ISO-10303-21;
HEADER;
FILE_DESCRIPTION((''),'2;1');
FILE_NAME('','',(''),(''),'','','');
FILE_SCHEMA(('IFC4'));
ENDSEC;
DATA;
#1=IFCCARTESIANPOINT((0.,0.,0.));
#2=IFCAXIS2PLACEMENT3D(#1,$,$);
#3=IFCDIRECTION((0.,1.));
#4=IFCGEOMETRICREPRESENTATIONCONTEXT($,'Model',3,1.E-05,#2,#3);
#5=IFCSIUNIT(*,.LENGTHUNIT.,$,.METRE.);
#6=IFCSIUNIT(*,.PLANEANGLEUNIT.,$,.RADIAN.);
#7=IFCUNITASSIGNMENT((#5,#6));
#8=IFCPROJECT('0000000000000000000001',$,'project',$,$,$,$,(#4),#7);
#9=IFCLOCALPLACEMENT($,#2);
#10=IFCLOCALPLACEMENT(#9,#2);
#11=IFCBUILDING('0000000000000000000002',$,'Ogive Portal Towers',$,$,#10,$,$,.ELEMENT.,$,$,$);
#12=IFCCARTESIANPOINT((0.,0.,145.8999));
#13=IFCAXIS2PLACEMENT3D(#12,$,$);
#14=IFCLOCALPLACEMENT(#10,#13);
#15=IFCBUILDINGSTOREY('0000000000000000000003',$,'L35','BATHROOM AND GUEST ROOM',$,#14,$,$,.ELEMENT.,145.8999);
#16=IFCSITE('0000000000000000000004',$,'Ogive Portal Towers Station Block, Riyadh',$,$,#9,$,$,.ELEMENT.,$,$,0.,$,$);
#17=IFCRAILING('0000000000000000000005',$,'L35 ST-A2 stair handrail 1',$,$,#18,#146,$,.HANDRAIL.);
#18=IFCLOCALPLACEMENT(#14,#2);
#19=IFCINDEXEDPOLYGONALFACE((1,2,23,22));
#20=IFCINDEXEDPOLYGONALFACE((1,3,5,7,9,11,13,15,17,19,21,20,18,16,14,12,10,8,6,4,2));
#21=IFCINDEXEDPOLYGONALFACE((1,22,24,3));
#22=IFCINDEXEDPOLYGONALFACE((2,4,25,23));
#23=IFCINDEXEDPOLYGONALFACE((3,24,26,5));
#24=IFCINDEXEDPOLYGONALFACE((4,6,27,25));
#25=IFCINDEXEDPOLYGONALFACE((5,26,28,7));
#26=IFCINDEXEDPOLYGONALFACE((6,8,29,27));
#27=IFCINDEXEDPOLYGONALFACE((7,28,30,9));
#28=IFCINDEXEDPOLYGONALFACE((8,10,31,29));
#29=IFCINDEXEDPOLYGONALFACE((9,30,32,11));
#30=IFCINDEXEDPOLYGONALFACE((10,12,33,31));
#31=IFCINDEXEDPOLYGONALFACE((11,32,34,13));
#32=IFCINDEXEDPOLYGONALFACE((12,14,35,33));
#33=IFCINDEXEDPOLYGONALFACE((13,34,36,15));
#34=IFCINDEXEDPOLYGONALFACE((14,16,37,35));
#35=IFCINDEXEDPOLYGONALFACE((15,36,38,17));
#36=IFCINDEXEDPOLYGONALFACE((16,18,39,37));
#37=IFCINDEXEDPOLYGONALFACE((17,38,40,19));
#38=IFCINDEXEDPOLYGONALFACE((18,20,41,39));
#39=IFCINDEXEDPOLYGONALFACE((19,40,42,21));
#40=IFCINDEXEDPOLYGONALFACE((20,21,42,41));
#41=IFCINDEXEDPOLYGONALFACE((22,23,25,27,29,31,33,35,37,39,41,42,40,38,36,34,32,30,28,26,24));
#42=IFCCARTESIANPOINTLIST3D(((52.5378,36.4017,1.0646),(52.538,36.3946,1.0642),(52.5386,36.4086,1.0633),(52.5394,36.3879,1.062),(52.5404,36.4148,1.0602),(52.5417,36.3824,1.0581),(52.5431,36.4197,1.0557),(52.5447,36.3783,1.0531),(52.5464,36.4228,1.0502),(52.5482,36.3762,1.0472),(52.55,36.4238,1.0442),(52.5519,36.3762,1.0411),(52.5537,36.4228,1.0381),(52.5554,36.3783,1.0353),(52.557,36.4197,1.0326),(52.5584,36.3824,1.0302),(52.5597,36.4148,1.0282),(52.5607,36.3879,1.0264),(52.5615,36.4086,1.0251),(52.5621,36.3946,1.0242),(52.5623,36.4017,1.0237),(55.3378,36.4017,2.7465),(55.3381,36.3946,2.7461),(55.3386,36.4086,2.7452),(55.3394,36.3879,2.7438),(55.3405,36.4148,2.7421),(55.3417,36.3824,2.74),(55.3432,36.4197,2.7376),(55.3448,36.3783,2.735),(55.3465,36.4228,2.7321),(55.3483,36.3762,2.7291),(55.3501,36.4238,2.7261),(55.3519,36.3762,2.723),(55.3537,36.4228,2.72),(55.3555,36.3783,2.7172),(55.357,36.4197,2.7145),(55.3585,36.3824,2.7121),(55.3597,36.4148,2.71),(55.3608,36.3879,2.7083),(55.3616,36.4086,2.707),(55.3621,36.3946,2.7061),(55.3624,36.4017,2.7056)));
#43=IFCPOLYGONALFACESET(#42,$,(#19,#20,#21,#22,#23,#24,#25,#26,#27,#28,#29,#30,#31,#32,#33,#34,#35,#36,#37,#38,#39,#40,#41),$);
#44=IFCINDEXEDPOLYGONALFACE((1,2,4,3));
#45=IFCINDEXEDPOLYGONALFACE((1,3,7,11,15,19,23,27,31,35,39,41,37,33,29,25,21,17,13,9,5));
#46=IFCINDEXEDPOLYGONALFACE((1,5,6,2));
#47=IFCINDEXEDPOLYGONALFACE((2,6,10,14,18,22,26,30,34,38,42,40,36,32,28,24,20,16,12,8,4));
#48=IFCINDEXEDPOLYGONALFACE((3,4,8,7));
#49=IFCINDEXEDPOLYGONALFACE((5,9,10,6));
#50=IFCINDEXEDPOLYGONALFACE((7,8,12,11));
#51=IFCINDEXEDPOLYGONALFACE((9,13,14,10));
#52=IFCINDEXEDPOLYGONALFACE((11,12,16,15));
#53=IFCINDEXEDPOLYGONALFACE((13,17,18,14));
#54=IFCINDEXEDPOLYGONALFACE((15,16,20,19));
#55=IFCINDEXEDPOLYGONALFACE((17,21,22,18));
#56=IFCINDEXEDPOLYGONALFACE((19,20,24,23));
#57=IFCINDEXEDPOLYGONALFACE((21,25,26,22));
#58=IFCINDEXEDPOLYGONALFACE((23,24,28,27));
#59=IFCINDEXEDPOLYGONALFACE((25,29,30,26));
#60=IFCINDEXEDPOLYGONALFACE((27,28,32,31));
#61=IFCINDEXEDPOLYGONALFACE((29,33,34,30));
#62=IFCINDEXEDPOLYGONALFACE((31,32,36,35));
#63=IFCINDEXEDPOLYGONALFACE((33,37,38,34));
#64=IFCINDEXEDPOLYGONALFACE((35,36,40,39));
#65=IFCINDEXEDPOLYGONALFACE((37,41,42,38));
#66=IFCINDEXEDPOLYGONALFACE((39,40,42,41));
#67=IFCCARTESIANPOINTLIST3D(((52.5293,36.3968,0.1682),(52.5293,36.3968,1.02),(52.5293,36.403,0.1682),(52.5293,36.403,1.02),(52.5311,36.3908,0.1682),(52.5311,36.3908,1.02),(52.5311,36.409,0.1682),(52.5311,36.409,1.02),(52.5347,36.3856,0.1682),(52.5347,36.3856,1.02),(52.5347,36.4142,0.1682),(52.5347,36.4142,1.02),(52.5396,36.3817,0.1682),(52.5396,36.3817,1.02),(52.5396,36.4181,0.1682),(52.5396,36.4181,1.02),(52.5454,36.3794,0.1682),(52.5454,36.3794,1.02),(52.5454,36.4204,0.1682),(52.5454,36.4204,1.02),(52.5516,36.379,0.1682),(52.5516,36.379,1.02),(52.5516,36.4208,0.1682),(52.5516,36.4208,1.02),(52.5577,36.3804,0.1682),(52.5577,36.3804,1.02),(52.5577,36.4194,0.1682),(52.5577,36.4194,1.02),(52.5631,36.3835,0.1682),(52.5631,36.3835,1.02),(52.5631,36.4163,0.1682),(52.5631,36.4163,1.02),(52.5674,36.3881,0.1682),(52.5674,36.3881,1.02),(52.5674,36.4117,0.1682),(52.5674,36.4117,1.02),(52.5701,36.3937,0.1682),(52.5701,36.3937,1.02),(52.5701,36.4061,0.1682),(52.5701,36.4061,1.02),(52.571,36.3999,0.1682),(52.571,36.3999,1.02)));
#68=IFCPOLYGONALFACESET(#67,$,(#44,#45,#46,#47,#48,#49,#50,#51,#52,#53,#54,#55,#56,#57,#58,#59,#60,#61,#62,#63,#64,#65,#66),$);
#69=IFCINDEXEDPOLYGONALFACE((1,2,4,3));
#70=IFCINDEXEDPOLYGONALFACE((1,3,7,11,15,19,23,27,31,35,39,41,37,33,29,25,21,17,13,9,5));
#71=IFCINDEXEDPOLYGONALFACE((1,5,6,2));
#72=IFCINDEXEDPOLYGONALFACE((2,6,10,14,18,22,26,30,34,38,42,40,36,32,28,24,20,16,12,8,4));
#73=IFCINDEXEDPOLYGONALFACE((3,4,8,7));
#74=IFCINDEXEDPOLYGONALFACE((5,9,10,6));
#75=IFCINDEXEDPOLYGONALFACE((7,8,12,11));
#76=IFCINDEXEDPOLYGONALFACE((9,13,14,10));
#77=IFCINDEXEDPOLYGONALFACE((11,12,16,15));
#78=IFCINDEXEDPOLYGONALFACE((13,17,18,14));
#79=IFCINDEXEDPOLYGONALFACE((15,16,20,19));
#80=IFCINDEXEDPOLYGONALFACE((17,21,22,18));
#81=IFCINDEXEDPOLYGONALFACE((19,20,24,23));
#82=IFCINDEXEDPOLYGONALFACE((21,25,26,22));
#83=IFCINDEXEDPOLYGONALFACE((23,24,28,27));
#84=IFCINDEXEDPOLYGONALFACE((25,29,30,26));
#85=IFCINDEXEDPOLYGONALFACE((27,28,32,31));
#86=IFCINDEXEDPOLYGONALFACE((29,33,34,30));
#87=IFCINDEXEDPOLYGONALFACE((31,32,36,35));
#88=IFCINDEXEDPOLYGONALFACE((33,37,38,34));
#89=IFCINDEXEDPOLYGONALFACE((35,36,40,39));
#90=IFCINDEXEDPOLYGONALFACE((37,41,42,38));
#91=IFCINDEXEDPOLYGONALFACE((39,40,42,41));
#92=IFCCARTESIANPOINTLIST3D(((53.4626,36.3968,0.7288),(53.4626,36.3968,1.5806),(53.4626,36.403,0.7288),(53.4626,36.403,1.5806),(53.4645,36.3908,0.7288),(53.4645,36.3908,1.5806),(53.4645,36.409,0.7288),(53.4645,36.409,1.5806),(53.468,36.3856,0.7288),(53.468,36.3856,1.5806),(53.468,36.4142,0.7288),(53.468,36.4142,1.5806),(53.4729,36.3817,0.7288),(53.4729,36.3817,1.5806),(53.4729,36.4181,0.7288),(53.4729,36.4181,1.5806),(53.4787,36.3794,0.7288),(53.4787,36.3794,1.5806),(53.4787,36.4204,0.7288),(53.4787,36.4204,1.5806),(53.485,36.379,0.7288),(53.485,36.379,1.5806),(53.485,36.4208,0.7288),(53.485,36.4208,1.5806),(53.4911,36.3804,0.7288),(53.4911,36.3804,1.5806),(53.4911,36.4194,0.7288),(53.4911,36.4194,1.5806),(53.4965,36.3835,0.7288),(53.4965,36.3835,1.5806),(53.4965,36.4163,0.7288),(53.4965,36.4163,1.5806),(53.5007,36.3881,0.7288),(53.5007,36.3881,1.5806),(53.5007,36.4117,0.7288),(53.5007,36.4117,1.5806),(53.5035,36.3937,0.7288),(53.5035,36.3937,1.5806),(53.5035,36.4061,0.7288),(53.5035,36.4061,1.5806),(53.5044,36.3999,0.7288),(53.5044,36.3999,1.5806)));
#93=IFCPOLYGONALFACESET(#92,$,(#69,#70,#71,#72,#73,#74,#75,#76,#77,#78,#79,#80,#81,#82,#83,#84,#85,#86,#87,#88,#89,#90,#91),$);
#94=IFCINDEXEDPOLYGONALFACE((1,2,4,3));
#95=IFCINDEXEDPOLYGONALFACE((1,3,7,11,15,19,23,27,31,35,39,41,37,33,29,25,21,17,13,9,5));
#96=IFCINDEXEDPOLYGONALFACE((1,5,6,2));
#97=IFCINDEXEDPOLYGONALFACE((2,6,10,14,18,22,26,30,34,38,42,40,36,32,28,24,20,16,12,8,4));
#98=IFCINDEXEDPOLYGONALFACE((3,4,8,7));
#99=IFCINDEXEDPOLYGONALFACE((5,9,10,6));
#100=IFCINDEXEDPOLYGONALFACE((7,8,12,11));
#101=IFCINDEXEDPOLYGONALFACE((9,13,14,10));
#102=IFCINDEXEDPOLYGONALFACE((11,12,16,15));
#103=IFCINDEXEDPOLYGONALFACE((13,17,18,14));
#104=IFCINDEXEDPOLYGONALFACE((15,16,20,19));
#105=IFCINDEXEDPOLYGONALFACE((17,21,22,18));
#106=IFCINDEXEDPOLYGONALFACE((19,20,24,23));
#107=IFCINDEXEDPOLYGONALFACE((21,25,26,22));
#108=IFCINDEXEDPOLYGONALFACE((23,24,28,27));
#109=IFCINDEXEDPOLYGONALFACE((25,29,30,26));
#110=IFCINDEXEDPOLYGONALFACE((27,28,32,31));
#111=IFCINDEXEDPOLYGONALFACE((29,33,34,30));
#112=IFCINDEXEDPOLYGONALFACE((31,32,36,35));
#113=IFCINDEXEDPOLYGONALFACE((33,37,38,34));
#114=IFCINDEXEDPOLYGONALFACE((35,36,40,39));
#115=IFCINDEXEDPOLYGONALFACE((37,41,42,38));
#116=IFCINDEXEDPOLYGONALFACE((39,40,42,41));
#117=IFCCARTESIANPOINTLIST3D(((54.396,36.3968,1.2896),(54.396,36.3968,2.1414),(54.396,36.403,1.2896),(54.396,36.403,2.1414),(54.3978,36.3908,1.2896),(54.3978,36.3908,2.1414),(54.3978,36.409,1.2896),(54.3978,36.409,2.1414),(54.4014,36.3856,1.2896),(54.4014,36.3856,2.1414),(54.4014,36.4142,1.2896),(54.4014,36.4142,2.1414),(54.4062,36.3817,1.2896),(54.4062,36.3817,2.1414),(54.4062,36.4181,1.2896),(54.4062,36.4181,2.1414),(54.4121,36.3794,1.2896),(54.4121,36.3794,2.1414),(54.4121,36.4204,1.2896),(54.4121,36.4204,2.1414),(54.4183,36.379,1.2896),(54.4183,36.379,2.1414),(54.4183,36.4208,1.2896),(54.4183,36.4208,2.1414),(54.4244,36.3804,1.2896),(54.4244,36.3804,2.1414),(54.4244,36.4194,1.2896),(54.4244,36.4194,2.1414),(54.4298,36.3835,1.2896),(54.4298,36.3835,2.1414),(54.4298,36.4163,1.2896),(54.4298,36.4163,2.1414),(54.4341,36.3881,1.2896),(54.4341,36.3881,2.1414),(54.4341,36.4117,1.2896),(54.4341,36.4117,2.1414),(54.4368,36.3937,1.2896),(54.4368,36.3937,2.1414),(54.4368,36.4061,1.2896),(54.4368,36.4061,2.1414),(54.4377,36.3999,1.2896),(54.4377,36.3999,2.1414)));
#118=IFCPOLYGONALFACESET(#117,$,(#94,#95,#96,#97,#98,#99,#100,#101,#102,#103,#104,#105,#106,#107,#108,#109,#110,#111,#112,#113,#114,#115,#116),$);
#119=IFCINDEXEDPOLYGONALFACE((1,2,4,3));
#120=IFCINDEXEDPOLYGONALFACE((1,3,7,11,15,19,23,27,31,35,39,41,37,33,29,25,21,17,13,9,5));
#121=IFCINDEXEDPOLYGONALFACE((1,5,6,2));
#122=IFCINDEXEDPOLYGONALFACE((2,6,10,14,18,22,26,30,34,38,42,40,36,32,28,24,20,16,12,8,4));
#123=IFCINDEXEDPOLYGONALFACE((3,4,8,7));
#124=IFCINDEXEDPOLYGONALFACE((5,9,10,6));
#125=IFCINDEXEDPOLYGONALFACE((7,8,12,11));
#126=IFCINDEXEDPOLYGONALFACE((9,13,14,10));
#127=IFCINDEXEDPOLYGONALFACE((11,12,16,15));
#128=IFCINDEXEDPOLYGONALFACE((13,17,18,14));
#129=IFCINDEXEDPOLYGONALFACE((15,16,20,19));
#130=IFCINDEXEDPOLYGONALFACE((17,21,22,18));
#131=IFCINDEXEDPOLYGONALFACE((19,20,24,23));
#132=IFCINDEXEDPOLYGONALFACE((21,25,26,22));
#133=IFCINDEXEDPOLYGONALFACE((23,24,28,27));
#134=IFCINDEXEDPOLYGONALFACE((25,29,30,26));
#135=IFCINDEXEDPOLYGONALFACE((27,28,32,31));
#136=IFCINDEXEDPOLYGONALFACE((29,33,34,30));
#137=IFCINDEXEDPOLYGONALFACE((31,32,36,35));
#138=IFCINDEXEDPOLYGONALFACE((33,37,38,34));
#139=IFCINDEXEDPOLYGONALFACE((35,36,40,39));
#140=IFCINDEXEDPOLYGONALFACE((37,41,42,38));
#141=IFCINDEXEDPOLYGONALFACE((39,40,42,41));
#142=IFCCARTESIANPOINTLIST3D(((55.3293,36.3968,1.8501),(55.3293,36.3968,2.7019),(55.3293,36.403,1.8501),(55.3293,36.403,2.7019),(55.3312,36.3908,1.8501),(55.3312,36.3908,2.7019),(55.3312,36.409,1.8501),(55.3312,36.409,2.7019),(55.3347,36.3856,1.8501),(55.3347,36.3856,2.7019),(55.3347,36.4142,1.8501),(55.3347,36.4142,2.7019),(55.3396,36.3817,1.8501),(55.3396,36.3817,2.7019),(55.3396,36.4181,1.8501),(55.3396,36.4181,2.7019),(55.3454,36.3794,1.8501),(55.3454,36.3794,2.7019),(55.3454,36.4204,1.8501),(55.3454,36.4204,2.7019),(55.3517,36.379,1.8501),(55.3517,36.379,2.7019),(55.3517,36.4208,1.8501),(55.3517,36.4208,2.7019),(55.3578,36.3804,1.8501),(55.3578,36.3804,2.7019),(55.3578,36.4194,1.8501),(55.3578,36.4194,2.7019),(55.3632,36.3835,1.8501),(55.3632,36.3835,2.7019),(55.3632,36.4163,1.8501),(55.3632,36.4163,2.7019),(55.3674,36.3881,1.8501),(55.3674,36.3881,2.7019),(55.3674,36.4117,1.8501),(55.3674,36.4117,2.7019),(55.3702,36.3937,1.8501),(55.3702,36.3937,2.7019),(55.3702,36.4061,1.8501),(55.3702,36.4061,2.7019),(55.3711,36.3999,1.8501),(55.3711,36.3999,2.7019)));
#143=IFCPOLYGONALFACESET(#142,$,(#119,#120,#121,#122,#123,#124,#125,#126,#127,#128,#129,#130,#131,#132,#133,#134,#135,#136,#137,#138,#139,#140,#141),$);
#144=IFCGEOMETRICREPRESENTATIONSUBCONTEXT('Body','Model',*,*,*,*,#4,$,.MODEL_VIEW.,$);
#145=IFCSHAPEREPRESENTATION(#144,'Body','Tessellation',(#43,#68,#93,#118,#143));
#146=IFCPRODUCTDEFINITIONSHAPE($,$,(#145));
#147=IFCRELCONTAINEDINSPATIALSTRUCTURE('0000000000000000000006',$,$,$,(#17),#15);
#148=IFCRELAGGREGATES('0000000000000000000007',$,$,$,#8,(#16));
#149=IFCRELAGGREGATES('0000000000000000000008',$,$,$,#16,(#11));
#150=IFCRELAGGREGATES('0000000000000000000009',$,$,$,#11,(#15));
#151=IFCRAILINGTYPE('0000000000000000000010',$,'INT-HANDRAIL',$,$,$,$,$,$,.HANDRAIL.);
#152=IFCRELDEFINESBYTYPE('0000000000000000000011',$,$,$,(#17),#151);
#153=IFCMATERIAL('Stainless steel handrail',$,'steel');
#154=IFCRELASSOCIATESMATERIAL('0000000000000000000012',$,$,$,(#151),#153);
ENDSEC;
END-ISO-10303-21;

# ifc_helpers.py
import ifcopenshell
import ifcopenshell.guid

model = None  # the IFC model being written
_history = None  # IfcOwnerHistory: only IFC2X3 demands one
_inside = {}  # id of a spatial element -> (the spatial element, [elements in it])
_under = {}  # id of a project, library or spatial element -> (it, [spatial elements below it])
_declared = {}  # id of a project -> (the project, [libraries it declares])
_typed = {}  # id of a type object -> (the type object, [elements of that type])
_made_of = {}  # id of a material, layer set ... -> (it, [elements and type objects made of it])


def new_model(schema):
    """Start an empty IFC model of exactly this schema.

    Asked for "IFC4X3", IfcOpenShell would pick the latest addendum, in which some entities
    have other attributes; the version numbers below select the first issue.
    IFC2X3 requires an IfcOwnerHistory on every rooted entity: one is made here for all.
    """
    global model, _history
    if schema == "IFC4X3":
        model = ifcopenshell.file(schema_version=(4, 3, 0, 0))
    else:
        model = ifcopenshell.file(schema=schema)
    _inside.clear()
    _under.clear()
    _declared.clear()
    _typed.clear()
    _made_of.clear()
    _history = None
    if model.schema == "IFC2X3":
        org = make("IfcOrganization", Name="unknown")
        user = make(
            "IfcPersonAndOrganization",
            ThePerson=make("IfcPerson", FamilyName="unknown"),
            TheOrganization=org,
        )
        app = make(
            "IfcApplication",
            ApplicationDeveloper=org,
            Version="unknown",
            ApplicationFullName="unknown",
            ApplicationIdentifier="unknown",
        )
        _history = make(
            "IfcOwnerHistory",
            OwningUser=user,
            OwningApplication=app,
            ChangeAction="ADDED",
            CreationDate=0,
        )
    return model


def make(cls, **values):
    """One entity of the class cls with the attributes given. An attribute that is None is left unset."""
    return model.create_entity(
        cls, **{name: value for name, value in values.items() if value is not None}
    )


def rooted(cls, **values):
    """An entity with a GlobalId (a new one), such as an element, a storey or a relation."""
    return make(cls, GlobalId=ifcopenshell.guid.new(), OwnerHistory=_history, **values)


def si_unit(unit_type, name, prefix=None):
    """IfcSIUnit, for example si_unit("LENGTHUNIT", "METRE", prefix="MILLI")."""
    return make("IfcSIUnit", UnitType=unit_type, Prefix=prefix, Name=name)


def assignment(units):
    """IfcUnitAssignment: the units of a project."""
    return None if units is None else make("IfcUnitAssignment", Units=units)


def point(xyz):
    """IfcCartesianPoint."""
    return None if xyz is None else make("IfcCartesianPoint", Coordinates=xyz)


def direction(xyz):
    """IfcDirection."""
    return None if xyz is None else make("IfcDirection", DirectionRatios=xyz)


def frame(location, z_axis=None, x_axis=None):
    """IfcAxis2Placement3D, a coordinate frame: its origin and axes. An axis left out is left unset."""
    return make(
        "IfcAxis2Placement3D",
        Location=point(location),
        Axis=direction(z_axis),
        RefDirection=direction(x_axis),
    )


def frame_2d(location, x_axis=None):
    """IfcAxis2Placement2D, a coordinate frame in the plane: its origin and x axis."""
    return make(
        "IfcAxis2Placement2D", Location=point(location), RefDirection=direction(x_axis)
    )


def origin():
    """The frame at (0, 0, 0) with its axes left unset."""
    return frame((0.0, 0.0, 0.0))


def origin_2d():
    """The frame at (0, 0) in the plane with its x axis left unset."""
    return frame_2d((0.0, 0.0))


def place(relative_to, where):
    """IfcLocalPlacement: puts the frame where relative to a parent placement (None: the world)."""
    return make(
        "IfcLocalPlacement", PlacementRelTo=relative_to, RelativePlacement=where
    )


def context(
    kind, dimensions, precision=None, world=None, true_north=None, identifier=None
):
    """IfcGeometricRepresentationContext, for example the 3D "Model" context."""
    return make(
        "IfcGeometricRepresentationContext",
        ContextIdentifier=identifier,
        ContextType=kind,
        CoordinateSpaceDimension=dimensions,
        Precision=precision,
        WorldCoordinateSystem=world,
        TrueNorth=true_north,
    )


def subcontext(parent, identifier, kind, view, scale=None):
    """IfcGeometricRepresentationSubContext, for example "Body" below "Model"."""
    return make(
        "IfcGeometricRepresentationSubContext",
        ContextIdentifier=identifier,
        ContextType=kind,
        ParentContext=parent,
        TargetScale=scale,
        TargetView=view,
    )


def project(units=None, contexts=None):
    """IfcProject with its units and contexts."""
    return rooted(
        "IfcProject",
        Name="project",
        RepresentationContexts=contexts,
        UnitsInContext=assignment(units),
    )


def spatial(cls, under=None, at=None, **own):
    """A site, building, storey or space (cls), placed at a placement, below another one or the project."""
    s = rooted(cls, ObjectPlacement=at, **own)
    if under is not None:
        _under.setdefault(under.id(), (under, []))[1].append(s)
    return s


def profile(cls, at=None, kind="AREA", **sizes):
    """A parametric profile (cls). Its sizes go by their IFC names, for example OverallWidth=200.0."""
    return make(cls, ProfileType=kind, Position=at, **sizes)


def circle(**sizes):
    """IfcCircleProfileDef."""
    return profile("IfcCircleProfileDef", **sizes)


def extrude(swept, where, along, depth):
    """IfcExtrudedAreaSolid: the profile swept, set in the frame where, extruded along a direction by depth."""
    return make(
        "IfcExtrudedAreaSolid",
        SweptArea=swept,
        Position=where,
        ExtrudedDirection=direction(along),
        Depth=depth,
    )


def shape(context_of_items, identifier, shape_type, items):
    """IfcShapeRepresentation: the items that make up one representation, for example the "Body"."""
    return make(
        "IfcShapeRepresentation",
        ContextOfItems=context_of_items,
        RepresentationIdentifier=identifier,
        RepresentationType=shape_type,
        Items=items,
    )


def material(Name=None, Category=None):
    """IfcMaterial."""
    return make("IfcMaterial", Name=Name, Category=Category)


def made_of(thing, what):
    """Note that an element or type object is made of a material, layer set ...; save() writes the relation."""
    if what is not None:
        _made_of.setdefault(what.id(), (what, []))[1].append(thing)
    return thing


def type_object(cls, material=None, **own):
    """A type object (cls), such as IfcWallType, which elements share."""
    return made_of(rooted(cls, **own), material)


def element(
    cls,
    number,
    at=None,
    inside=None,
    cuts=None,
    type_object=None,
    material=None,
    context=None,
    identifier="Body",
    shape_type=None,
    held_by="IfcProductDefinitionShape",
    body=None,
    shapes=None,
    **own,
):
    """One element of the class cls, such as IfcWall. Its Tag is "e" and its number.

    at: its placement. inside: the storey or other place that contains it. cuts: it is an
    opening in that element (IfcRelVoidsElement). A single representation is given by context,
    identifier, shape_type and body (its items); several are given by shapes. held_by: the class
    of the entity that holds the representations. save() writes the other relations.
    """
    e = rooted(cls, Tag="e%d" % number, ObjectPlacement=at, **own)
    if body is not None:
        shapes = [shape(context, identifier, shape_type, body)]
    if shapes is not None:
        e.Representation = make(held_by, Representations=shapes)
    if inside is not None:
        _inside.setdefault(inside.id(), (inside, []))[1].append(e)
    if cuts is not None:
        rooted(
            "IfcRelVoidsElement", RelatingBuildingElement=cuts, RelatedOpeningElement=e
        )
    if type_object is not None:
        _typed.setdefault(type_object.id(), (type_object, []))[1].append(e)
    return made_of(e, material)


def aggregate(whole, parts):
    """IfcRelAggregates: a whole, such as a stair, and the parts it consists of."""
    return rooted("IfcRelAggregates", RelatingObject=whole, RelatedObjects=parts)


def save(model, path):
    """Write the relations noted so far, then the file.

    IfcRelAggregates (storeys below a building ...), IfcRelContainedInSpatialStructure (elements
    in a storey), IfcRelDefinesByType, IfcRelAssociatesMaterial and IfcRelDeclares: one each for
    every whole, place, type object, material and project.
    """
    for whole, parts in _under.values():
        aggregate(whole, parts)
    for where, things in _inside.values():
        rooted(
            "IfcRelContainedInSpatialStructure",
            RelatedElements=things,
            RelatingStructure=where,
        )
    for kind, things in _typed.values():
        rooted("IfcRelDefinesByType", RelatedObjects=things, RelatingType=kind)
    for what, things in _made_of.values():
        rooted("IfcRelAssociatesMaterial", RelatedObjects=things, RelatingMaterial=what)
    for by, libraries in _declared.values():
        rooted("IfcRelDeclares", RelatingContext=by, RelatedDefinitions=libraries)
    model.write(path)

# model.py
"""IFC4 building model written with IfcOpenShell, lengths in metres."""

from ifc_helpers import new_model, si_unit, direction, frame, origin, origin_2d, place, context, subcontext, project, spatial, circle, extrude, material, type_object, element, save


model = new_model("IFC4")

# Units and contexts
model_context = context("Model", 3, precision=1e-05, world=origin(), true_north=direction((0.0, 1.0)))
body_context = subcontext(model_context, "Body", "Model", "MODEL_VIEW")
ifc_project = project(units=[si_unit("LENGTHUNIT", "METRE"), si_unit("PLANEANGLEUNIT", "RADIAN")], contexts=[model_context])

# Site, building, storey
site_placement = place(None, origin())
site = spatial("IfcSite", under=ifc_project, at=site_placement, Name="Ogive Portal Towers Station Block, Riyadh", CompositionType="ELEMENT", RefElevation=0.0)
building_placement = place(site_placement, origin())
building = spatial("IfcBuilding", under=site, at=building_placement, Name="Ogive Portal Towers", CompositionType="ELEMENT")
storey_placement = place(building_placement, frame((0.0, 0.0, 145.8999)))
storey = spatial("IfcBuildingStorey", under=building, at=storey_placement, Name="L35", Description="BATHROOM AND GUEST ROOM", CompositionType="ELEMENT", Elevation=145.8999)

# Railing
ifc_material_1 = material(Name="Stainless steel handrail", Category="steel")
railing_type_1 = type_object("IfcRailingType", Name="INT-HANDRAIL", PredefinedType="HANDRAIL", material=ifc_material_1)
railing_1_placement = place(storey_placement, frame((52.55, 36.3999, 0.1682)))
element("IfcRailing", 1, at=railing_1_placement, inside=storey, type_object=railing_type_1, Name="L35 ST-A2 stair handrail 1", PredefinedType="HANDRAIL", context=body_context, shape_type="SweptSolid", body=[
    extrude(circle(Radius=0.0239, at=origin_2d()), frame((0.0, 0.0, 0.876), z_axis=(0.857242, 0.0, 0.514913), x_axis=(0.0, 1.0, 0.0)), (0.0, 0.0, 1.0), 3.2664),
    extrude(circle(Radius=0.021, at=origin_2d()), origin(), (0.0, 0.0, 1.0), 0.8518),
    extrude(circle(Radius=0.021, at=origin_2d()), frame((0.9333, 0.0, 0.5605)), (0.0, 0.0, 1.0), 0.8518),
    extrude(circle(Radius=0.021, at=origin_2d()), frame((1.8667, 0.0, 1.1213)), (0.0, 0.0, 1.0), 0.8518),
    extrude(circle(Radius=0.021, at=origin_2d()), frame((2.8, 0.0, 1.6819)), (0.0, 0.0, 1.0), 0.8518),
])

save(model, "model.ifc")
